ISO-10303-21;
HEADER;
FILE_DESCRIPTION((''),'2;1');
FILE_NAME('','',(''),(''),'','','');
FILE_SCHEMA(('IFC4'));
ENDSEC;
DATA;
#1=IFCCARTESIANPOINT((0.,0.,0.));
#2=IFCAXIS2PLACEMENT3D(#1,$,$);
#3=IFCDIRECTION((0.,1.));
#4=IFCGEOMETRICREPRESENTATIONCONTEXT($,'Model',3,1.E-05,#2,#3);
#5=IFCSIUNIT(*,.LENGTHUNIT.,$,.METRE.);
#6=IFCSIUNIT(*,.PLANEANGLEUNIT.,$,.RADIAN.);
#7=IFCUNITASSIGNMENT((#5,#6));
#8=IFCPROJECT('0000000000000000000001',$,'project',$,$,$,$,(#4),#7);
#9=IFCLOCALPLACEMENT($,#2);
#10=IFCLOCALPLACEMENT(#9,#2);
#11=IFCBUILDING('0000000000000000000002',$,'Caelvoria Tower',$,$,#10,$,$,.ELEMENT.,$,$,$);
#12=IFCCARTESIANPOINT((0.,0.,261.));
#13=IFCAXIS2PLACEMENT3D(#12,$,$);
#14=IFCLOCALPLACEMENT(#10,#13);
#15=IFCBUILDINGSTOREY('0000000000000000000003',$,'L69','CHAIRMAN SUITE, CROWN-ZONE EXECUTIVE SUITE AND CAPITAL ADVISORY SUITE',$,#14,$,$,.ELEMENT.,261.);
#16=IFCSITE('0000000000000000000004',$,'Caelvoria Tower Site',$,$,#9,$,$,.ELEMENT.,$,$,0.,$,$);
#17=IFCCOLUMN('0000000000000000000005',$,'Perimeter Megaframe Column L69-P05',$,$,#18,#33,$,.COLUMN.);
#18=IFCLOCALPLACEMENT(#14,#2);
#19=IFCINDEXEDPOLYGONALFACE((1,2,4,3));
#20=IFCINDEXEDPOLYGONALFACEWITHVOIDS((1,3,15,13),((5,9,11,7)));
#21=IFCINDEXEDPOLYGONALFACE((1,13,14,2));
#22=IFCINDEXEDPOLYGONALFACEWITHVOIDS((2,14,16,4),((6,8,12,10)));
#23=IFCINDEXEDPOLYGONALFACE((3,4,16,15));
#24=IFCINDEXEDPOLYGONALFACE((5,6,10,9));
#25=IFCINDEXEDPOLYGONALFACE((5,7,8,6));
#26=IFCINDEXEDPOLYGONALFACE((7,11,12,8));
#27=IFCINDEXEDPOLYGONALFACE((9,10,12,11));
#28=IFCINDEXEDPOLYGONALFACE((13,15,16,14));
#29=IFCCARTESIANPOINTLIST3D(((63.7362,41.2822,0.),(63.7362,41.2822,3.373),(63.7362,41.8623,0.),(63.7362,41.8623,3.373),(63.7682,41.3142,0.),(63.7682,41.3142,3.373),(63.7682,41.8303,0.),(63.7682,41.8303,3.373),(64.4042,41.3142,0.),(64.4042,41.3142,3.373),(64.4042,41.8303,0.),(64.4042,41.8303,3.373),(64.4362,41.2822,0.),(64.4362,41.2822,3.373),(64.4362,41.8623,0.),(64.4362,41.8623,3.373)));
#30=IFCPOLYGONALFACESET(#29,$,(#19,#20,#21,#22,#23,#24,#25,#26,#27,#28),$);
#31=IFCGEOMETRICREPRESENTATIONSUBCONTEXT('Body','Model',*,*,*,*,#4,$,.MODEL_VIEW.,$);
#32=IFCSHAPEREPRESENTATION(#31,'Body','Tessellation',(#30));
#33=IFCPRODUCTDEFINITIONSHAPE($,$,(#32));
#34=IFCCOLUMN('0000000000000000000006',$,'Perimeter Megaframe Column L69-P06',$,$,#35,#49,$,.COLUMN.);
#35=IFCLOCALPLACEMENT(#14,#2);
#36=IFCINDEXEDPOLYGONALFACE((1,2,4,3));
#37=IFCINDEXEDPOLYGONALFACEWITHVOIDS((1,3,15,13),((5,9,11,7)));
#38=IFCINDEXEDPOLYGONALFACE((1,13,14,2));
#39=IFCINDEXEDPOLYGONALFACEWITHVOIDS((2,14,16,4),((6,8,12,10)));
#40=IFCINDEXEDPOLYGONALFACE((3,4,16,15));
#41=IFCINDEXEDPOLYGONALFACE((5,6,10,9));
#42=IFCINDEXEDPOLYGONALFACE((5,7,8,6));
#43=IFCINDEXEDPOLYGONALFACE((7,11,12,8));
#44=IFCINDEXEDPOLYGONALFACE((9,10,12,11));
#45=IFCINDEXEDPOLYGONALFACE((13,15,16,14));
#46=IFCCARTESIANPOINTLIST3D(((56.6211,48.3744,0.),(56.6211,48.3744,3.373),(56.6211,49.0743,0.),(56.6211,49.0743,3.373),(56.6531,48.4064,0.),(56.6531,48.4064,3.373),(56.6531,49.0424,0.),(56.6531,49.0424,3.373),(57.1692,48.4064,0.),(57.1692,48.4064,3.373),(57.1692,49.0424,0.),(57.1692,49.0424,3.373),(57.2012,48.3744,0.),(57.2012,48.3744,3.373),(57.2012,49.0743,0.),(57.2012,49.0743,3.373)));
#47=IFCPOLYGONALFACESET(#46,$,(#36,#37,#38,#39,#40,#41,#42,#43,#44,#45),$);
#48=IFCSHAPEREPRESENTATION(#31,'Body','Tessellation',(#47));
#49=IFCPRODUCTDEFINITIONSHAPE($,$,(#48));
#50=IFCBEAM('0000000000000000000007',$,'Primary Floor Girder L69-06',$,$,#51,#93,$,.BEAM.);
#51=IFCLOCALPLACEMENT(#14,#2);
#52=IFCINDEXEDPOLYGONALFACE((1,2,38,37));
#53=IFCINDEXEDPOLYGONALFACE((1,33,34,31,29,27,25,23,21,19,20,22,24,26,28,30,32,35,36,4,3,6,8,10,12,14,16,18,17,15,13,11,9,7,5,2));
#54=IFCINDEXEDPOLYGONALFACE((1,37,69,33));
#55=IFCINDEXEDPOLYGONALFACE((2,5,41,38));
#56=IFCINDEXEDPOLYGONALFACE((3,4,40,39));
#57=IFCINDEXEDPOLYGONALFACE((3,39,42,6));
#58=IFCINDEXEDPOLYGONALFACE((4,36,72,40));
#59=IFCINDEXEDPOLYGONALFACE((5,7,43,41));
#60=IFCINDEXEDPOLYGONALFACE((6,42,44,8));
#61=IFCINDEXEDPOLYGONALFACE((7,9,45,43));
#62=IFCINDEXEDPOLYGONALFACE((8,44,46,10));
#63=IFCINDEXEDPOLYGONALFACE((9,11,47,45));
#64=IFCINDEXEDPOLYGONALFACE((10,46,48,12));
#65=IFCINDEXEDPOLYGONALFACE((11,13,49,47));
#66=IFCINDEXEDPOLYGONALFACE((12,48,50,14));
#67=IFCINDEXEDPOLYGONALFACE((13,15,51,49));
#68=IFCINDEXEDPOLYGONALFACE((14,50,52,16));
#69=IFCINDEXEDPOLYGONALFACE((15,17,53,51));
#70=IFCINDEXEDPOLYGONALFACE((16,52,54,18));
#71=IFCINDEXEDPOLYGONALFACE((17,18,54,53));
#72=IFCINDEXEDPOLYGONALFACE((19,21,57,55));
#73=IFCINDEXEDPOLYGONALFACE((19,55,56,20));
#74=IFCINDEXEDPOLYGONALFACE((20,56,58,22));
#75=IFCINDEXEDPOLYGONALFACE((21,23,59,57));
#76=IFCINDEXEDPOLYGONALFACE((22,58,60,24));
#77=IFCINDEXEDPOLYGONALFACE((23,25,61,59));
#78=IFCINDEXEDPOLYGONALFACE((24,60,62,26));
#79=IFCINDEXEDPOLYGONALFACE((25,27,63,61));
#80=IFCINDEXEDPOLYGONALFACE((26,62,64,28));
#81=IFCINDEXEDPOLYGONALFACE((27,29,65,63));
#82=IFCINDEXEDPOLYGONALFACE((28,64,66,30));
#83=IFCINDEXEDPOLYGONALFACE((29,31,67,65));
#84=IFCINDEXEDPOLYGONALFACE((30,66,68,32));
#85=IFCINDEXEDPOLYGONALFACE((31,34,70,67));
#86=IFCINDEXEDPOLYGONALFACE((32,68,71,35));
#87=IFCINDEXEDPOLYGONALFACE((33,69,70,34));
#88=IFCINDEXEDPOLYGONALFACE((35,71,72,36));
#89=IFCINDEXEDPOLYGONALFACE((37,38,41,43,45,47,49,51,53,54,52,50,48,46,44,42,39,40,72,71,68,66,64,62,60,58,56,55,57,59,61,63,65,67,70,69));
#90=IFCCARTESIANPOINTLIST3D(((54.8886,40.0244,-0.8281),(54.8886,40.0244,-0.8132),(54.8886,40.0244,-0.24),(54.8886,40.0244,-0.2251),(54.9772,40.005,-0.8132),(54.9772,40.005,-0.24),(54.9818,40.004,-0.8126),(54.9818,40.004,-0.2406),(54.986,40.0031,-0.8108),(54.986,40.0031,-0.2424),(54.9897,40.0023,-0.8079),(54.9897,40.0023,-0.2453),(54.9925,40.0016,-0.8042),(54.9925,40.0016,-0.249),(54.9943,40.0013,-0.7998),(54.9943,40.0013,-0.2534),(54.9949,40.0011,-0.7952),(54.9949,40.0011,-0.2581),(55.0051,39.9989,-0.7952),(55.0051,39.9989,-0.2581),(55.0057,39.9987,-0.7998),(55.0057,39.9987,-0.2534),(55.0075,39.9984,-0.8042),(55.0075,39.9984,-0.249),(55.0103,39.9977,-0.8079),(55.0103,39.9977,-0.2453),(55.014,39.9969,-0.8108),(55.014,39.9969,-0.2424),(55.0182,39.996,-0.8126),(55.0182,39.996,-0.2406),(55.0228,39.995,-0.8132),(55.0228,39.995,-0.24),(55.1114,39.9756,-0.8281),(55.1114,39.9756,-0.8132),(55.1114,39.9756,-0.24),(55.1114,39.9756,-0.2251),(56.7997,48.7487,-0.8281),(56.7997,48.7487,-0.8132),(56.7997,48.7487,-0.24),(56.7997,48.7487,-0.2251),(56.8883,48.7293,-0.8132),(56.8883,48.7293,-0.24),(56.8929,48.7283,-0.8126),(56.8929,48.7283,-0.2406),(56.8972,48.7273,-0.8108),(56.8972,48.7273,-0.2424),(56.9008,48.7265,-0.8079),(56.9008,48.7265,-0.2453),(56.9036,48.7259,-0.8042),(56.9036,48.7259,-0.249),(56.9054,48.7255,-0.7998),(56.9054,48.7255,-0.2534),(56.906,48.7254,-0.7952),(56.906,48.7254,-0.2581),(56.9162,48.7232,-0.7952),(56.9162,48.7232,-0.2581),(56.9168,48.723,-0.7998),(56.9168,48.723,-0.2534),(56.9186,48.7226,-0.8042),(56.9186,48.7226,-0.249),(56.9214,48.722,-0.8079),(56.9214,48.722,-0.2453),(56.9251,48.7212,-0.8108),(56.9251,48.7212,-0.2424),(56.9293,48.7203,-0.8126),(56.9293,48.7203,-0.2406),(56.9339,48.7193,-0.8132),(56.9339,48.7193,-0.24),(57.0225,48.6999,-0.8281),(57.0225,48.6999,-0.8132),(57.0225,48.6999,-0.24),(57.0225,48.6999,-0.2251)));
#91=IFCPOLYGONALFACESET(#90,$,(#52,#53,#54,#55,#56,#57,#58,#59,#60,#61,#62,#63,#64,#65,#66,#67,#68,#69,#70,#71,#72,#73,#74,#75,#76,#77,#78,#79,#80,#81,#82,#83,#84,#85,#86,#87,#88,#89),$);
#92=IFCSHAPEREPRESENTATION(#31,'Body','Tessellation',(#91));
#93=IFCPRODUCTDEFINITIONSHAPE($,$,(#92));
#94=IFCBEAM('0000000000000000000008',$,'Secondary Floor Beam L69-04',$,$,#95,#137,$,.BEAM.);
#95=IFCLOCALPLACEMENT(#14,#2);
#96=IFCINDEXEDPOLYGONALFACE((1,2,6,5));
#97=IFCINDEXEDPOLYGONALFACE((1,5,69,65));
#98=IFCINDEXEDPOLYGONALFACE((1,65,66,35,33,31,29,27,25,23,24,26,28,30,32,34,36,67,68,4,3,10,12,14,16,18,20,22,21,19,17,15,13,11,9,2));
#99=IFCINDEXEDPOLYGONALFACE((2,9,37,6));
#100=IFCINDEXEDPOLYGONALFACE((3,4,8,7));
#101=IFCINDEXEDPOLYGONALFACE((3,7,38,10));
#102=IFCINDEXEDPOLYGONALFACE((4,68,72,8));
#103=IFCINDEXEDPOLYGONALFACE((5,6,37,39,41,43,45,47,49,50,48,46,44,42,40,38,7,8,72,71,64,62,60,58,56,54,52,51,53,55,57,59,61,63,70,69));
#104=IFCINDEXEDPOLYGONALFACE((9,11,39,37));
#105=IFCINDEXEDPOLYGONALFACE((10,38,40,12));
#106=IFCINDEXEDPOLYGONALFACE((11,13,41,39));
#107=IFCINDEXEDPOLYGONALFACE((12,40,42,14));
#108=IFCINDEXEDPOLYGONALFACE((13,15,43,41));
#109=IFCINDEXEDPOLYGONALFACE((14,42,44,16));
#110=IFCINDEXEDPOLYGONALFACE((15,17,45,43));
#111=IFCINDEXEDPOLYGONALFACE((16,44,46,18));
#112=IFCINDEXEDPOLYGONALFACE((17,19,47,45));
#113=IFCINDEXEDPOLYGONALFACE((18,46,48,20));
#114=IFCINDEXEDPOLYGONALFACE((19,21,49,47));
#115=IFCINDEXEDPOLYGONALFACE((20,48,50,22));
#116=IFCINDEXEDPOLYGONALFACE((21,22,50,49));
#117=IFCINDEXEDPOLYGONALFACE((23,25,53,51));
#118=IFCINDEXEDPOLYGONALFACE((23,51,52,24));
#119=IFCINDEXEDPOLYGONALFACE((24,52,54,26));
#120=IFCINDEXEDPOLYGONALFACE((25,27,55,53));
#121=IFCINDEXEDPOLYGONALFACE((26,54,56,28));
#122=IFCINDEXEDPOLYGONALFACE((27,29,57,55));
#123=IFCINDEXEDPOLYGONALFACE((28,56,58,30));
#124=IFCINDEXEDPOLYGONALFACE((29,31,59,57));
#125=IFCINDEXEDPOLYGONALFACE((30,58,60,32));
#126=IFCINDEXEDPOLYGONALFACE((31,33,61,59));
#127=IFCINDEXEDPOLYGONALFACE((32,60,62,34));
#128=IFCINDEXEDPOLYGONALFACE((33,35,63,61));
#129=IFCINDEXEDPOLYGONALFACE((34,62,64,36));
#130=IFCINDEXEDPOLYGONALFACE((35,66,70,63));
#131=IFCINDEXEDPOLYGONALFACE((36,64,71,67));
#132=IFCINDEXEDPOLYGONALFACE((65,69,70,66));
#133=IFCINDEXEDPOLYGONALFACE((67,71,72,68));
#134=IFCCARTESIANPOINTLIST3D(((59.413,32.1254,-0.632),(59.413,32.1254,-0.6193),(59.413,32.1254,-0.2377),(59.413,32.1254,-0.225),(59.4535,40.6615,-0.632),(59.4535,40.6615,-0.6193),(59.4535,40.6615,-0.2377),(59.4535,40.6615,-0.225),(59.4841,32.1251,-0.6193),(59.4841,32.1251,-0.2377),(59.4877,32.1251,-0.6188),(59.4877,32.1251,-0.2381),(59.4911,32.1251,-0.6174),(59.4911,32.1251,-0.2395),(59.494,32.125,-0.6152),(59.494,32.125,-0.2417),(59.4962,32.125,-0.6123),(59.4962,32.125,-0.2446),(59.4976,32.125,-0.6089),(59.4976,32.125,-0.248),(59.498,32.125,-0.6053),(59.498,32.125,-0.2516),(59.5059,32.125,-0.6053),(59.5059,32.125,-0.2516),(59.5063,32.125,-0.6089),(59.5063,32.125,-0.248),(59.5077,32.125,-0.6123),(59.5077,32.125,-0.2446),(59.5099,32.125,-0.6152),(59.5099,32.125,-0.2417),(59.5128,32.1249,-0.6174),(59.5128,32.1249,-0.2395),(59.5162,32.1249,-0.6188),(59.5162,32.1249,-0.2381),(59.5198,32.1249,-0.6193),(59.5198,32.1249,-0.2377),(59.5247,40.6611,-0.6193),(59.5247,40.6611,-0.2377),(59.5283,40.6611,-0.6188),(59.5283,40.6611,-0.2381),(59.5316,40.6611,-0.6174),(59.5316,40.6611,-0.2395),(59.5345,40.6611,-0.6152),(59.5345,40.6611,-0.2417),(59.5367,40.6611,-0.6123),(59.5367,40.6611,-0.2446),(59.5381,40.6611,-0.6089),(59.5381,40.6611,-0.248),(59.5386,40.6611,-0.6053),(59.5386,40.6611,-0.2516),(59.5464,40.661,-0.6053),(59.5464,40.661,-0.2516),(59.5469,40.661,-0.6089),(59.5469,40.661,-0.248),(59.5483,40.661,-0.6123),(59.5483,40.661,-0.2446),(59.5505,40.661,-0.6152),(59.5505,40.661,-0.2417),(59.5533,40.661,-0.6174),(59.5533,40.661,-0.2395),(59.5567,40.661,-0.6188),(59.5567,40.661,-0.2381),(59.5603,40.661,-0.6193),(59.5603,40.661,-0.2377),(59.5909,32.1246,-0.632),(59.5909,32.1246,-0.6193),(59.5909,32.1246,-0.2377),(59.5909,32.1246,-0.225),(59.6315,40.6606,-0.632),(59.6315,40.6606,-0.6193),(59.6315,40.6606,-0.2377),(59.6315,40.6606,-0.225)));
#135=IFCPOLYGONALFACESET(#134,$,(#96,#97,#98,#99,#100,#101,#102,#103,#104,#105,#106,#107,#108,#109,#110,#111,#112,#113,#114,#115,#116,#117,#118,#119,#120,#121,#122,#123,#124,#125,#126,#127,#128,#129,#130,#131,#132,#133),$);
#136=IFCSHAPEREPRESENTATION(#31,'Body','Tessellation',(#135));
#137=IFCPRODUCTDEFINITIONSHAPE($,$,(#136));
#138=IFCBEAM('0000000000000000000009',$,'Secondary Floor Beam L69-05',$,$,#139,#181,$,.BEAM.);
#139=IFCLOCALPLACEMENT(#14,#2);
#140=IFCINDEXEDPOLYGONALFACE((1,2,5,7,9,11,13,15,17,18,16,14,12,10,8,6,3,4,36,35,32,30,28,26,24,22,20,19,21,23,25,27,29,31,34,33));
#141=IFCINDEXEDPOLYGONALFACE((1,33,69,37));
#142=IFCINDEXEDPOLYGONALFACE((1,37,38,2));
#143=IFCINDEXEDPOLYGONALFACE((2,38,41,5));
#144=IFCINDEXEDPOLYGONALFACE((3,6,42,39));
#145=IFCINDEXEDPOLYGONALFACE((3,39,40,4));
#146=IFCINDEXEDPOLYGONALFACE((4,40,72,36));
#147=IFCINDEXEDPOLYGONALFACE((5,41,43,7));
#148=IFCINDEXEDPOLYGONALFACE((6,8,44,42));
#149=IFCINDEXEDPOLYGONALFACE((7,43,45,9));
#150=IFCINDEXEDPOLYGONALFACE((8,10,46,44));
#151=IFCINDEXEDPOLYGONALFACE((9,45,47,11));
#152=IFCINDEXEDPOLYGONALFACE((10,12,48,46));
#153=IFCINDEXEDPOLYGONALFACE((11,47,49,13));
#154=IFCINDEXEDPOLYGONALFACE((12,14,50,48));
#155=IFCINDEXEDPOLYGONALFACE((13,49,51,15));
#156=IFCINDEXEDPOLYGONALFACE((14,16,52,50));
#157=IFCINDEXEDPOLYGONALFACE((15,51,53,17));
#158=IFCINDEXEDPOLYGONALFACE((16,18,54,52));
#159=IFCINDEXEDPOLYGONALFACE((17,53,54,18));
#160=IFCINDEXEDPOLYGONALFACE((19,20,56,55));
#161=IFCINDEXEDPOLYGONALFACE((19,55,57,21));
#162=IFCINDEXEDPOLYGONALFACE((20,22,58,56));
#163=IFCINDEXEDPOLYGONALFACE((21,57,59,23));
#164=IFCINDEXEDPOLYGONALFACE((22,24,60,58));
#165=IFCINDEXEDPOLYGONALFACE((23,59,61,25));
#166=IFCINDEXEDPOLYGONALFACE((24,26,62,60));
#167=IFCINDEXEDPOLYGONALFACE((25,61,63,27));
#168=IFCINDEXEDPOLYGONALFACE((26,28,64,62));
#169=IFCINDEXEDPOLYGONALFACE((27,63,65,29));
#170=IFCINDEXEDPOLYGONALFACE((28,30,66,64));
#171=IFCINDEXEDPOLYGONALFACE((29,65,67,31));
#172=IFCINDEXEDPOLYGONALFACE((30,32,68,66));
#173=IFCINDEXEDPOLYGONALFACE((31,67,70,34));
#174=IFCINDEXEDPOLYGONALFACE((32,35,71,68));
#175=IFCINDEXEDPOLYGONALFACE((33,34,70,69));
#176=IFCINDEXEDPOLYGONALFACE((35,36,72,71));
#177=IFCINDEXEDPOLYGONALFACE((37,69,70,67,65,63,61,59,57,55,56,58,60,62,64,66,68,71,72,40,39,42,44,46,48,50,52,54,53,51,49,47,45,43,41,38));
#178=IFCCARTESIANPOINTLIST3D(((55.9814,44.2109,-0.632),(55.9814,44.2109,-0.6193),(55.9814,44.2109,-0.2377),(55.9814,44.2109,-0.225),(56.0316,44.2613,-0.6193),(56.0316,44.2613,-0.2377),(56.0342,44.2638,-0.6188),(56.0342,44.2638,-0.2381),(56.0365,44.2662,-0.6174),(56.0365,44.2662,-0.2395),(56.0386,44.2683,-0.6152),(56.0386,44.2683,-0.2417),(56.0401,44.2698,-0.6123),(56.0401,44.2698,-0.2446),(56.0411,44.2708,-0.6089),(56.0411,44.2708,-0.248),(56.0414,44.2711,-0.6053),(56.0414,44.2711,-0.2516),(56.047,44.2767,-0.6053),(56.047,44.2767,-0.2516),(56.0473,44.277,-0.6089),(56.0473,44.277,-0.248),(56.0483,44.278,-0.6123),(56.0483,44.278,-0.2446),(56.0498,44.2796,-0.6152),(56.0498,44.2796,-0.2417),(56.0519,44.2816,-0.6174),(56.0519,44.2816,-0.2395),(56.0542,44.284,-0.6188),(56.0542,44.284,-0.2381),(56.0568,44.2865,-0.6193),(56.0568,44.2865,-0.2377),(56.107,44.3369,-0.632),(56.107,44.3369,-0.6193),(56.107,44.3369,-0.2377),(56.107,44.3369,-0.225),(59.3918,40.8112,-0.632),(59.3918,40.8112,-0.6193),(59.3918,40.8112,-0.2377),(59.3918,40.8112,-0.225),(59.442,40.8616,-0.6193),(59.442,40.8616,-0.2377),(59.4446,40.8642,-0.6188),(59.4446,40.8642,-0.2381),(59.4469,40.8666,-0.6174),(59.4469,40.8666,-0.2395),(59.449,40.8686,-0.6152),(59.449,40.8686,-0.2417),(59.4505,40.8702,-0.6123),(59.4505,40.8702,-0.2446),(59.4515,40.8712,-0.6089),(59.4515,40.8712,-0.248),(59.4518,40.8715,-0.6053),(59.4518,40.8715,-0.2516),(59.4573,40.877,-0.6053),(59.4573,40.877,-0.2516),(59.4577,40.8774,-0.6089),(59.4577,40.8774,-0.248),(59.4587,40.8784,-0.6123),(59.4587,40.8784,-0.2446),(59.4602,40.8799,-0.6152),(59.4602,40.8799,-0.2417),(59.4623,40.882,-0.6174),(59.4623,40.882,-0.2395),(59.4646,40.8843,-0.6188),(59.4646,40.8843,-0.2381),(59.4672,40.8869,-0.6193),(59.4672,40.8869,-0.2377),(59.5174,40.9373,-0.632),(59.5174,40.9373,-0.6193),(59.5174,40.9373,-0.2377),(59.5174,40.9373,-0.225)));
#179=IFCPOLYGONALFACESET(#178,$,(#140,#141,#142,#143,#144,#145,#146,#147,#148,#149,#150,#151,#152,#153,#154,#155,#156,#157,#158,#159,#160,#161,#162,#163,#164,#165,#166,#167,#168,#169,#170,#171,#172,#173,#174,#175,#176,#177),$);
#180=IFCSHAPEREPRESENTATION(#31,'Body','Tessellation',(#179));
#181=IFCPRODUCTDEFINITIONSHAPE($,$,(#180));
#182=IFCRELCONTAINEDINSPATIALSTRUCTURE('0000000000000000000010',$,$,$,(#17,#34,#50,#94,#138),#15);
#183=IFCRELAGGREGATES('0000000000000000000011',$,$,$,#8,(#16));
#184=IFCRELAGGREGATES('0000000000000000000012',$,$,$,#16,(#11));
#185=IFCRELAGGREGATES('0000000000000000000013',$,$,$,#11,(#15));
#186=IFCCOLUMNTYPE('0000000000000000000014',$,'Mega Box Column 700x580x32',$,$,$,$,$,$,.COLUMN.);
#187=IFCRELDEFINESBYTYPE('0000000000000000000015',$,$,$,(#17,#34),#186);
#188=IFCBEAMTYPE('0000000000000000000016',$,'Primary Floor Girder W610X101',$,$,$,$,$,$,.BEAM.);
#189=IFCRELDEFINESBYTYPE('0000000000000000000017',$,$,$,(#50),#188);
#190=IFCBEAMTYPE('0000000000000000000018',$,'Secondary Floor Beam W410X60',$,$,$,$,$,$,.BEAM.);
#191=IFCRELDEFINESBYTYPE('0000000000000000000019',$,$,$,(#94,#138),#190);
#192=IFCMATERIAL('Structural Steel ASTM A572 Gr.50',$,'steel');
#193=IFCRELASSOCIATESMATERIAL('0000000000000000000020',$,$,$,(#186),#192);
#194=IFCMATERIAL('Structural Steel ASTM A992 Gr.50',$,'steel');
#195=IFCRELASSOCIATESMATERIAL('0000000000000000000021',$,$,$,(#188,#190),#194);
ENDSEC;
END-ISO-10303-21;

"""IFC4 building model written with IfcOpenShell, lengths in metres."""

from ifc_helpers import new_model, si_unit, direction, frame, origin, origin_2d, place, context, subcontext, project, spatial, hollow_rectangle, i_section, extrude, material, material_profile, profile_set, type_object, element, save


model = new_model("IFC4")

# Units and contexts
model_context = context("Model", 3, precision=1e-05, world=origin(), true_north=direction((0.0, 1.0)))
body_context = subcontext(model_context, "Body", "Model", "MODEL_VIEW")
ifc_project = project(units=[si_unit("LENGTHUNIT", "METRE"), si_unit("PLANEANGLEUNIT", "RADIAN")], contexts=[model_context])

# Site, building, storey
site_placement = place(None, origin())
site = spatial("IfcSite", under=ifc_project, at=site_placement, Name="Caelvoria Tower Site", CompositionType="ELEMENT", RefElevation=0.0)
building_placement = place(site_placement, origin())
building = spatial("IfcBuilding", under=site, at=building_placement, Name="Caelvoria Tower", CompositionType="ELEMENT")
storey_placement = place(building_placement, frame((0.0, 0.0, 261.0)))
storey = spatial("IfcBuildingStorey", under=building, at=storey_placement, Name="L69", Description="CHAIRMAN SUITE, CROWN-ZONE EXECUTIVE SUITE AND CAPITAL ADVISORY SUITE", CompositionType="ELEMENT", Elevation=261.0)

# Columns
ifc_material_1 = material(Name="Structural Steel ASTM A572 Gr.50", Category="steel")
ifc_material_profile_1 = material_profile(ifc_material_1, hollow_rectangle(XDim=0.5801, YDim=0.7, WallThickness=0.032, at=origin_2d()), Name="Structural Steel ASTM A572 Gr.50")
ifc_profile_set_1 = profile_set([ifc_material_profile_1], Name="BOX700X580X32 - Structural Steel ASTM A572 Gr.50")
column_type = type_object("IfcColumnType", Name="Mega Box Column 700x580x32", PredefinedType="COLUMN", material=ifc_profile_set_1)
for number, where, z_axis, x_axis, name in (
    (1, (64.0862, 41.5723, 0.0), (0.0, 0.0, 1.0), (0.0, 1.0, 0.0), "Perimeter Megaframe Column L69-P05"),
    (2, (56.9111, 48.7244, 0.0), (0.0, 0.0, 1.0), (1.0, 0.0, 0.0), "Perimeter Megaframe Column L69-P06"),
):
    element("IfcColumn", number, at=place(storey_placement, frame(where, z_axis=z_axis, x_axis=x_axis)), inside=storey, type_object=column_type, Name=name, PredefinedType="COLUMN", context=body_context, shape_type="SweptSolid", body=[
        extrude(hollow_rectangle(XDim=0.5801, YDim=0.7, WallThickness=0.032, at=origin_2d()), origin(), (0.0, 0.0, 1.0), 3.373),
    ])

# Beams
ifc_material_2 = material(Name="Structural Steel ASTM A992 Gr.50", Category="steel")
ifc_material_profile_2 = material_profile(ifc_material_2, i_section(OverallWidth=0.228, OverallDepth=0.603, WebThickness=0.0105, FlangeThickness=0.0149, FilletRadius=0.0181, at=origin_2d()), Name="Structural Steel ASTM A992 Gr.50")
ifc_profile_set_2 = profile_set([ifc_material_profile_2], Name="W610X101 - Structural Steel ASTM A992 Gr.50")
beam_type_1 = type_object("IfcBeamType", Name="Primary Floor Girder W610X101", PredefinedType="BEAM", material=ifc_profile_set_2)
beam_1_placement = place(storey_placement, frame((55.0, 40.0, -0.5266), z_axis=(0.213983, 0.976837, 0.0), x_axis=(-0.976837, 0.213983, 0.0)))
element("IfcBeam", 3, at=beam_1_placement, inside=storey, type_object=beam_type_1, Name="Primary Floor Girder L69-06", PredefinedType="BEAM", context=body_context, shape_type="SweptSolid", body=[
    extrude(i_section(OverallWidth=0.228, OverallDepth=0.603, WebThickness=0.0105, FlangeThickness=0.0149, FilletRadius=0.0181, at=origin_2d()), origin(), (0.0, 0.0, 1.0), 8.9312),
])
ifc_material_profile_3 = material_profile(ifc_material_2, i_section(OverallWidth=0.178, OverallDepth=0.407, WebThickness=0.0078, FlangeThickness=0.0127, FilletRadius=0.0139, at=origin_2d()), Name="Structural Steel ASTM A992 Gr.50")
ifc_profile_set_3 = profile_set([ifc_material_profile_3], Name="W410X60 - Structural Steel ASTM A992 Gr.50")
beam_type_2 = type_object("IfcBeamType", Name="Secondary Floor Beam W410X60", PredefinedType="BEAM", material=ifc_profile_set_3)
beam_2_placement = place(storey_placement, frame((59.502, 32.125, -0.4285), z_axis=(0.004748, 0.999989, 0.0), x_axis=(-0.999989, 0.004748, 0.0)))
element("IfcBeam", 4, at=beam_2_placement, inside=storey, type_object=beam_type_2, Name="Secondary Floor Beam L69-04", PredefinedType="BEAM", context=body_context, shape_type="SweptSolid", body=[
    extrude(i_section(OverallWidth=0.178, OverallDepth=0.407, WebThickness=0.0078, FlangeThickness=0.0127, FilletRadius=0.0139, at=origin_2d()), origin(), (0.0, 0.0, 1.0), 8.5361),
])
beam_3_placement = place(storey_placement, frame((59.4546, 40.8743, -0.4285), z_axis=(-0.708221, 0.705991, 0.0), x_axis=(-0.705991, -0.708221, 0.0)))
element("IfcBeam", 5, at=beam_3_placement, inside=storey, type_object=beam_type_2, Name="Secondary Floor Beam L69-05", PredefinedType="BEAM", context=body_context, shape_type="SweptSolid", body=[
    extrude(i_section(OverallWidth=0.178, OverallDepth=0.407, WebThickness=0.0078, FlangeThickness=0.0127, FilletRadius=0.0139, at=origin_2d()), origin(), (0.0, 0.0, 1.0), 4.8154),
])

save(model, "model.ifc")
